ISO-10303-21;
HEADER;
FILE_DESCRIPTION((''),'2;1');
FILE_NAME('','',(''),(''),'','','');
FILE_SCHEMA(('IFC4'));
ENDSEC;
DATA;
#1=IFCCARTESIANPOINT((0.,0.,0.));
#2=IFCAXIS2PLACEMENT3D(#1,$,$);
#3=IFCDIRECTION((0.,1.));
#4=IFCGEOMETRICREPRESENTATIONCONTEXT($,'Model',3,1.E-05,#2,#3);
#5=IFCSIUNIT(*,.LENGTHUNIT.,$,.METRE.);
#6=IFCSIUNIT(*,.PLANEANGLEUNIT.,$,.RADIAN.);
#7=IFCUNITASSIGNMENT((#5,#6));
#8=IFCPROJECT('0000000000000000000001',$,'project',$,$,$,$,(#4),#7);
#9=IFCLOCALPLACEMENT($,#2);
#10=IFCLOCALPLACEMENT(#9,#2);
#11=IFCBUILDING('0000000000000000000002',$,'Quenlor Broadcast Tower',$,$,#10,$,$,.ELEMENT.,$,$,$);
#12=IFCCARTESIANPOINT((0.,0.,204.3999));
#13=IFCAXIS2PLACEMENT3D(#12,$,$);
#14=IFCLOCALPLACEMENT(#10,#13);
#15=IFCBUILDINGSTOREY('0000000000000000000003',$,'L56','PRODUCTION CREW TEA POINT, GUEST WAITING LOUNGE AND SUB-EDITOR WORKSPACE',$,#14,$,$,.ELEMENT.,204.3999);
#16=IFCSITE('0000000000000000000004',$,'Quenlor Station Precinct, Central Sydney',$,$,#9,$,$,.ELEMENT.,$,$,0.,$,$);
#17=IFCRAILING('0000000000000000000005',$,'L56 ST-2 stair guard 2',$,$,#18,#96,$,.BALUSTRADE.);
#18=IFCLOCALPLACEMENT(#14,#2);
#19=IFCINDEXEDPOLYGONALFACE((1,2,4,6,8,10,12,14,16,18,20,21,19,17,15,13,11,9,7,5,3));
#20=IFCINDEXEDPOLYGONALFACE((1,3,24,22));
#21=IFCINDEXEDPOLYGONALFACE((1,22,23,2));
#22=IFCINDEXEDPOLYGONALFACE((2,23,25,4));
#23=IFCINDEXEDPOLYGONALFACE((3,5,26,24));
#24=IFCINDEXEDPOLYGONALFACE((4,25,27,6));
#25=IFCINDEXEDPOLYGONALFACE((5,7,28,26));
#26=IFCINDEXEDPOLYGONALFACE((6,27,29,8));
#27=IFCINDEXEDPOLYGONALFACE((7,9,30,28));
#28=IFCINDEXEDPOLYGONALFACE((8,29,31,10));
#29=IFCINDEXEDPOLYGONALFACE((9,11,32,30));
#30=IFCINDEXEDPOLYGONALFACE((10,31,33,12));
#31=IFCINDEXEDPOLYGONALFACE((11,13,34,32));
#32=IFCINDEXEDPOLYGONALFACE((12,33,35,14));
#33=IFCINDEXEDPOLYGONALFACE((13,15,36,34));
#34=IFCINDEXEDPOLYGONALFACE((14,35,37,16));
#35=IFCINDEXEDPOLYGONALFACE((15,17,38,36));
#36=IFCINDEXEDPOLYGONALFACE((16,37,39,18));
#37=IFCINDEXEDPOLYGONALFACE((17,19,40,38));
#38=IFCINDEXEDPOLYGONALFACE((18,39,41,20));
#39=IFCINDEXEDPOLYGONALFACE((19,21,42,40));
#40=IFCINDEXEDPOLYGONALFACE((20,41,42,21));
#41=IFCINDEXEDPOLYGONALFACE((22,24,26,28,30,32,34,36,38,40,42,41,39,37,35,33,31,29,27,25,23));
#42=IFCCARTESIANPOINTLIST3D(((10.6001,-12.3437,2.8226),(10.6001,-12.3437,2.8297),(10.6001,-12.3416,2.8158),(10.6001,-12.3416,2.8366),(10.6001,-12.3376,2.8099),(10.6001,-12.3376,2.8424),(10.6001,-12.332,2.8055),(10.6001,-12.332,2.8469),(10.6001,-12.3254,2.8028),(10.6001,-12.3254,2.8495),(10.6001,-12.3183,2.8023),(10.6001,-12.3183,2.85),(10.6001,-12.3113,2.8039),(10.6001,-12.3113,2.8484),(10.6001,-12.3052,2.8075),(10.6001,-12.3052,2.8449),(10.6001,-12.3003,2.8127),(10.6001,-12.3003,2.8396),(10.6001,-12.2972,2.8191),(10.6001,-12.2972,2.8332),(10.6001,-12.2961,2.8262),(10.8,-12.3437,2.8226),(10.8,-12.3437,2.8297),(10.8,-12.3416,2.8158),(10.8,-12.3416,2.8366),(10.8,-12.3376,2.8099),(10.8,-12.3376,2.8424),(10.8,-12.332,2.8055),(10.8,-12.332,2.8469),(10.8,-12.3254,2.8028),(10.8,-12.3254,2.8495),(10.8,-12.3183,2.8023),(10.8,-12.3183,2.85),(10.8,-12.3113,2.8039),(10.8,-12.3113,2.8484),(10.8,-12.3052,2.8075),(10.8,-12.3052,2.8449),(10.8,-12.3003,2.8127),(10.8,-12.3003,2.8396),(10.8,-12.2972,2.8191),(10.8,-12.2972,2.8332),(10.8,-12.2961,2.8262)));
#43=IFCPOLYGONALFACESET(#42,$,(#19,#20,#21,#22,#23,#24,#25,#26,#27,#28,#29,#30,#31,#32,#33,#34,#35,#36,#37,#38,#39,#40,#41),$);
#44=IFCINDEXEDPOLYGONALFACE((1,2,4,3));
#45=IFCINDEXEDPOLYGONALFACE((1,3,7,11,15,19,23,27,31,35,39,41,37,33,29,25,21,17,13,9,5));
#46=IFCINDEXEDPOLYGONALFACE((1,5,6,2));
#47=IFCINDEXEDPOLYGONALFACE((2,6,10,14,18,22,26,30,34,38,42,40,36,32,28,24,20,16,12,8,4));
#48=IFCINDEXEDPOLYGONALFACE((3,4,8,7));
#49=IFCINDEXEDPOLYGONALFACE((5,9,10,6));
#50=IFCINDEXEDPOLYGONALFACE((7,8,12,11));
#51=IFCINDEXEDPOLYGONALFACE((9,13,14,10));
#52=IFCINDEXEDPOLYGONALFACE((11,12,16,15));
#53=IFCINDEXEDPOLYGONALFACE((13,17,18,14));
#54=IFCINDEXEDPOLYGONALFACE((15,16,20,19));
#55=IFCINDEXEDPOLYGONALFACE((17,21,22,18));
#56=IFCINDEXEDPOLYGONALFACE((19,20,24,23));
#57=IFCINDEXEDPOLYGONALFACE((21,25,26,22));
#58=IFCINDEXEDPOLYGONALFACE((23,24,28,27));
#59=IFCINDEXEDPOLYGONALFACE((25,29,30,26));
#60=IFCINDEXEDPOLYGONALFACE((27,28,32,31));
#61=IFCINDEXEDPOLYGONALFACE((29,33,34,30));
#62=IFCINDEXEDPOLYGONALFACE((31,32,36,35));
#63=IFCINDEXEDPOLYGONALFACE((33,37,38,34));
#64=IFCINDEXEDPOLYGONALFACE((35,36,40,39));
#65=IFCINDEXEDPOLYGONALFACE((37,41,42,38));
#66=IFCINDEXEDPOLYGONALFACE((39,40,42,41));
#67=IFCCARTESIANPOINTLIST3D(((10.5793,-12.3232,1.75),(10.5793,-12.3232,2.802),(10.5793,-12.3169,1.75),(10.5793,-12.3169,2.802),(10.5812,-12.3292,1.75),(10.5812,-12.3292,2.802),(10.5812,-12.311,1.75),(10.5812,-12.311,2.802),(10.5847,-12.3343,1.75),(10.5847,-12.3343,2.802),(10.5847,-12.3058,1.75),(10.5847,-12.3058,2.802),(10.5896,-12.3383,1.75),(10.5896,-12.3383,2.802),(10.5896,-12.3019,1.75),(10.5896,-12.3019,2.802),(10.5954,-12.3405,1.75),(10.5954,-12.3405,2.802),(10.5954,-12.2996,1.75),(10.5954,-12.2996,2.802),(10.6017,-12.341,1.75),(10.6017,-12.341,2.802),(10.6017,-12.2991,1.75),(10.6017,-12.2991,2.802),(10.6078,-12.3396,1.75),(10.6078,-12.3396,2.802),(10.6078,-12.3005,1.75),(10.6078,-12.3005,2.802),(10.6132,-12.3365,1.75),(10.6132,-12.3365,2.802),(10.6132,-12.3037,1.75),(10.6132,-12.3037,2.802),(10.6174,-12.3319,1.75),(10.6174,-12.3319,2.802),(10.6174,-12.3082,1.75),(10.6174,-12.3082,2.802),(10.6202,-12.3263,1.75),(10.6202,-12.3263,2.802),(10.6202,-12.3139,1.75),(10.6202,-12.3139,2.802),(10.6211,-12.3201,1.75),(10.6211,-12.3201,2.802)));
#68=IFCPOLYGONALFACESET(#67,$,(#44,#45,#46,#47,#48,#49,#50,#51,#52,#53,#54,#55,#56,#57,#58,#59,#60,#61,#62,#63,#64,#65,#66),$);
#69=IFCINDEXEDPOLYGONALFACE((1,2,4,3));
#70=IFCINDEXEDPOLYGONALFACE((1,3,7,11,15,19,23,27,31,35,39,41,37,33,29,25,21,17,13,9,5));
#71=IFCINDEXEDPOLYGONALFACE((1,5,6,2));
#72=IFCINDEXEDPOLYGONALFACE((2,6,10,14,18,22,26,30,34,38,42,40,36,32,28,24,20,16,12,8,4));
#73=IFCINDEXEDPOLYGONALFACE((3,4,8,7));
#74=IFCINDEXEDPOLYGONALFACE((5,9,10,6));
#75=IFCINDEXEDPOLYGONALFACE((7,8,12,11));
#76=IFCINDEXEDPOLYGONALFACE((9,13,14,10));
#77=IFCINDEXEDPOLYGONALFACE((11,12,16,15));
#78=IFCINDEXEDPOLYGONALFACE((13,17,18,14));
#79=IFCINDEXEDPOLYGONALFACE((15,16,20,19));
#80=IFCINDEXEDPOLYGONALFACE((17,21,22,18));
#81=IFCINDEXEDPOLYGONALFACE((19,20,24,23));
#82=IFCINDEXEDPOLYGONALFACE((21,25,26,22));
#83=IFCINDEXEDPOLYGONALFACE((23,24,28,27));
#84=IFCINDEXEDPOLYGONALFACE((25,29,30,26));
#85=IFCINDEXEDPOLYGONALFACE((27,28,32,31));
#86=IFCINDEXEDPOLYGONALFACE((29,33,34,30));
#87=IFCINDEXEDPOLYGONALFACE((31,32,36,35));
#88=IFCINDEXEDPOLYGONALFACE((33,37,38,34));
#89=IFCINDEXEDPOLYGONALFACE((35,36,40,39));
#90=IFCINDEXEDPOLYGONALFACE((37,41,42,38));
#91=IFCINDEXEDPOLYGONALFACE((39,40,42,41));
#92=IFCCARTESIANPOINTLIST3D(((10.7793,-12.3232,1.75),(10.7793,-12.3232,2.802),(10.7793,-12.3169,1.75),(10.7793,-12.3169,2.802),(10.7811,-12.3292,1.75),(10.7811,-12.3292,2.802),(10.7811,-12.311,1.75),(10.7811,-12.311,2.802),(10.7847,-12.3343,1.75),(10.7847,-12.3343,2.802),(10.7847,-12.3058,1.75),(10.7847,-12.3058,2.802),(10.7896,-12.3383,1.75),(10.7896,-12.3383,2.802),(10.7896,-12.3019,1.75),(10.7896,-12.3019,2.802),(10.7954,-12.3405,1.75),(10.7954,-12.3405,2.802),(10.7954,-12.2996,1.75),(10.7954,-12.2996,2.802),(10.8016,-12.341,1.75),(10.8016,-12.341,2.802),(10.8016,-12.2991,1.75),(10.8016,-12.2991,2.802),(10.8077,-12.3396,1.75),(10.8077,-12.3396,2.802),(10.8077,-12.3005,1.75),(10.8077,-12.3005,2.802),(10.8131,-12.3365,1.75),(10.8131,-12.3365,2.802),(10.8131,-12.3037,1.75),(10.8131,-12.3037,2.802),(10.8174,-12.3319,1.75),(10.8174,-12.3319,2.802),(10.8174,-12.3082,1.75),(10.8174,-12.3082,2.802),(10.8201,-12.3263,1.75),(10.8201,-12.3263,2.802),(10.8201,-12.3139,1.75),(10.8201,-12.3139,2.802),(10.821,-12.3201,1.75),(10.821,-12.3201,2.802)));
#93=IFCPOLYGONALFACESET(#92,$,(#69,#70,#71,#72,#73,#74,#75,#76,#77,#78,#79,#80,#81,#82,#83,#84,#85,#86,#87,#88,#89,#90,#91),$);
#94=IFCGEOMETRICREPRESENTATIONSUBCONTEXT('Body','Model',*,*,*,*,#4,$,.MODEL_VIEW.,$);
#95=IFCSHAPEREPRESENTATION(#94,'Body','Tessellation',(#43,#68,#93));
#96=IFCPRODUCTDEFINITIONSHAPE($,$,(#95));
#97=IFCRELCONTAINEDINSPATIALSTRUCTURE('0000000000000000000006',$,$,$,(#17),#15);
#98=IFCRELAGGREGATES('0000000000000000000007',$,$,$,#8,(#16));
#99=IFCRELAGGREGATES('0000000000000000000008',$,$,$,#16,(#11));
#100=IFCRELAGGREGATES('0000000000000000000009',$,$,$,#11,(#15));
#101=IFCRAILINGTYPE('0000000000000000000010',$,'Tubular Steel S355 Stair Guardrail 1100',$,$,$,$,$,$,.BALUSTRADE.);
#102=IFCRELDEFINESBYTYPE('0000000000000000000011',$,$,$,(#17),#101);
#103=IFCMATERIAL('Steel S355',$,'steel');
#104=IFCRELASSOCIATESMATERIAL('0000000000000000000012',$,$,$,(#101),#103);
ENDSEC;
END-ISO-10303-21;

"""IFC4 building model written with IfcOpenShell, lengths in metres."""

from ifc_helpers import new_model, si_unit, direction, frame, origin, origin_2d, place, context, subcontext, project, spatial, circle, extrude, material, type_object, element, save


model = new_model("IFC4")

# Units and contexts
model_context = context("Model", 3, precision=1e-05, world=origin(), true_north=direction((0.0, 1.0)))
body_context = subcontext(model_context, "Body", "Model", "MODEL_VIEW")
ifc_project = project(units=[si_unit("LENGTHUNIT", "METRE"), si_unit("PLANEANGLEUNIT", "RADIAN")], contexts=[model_context])

# Site, building, storey
site_placement = place(None, origin())
site = spatial("IfcSite", under=ifc_project, at=site_placement, Name="Quenlor Station Precinct, Central Sydney", CompositionType="ELEMENT", RefElevation=0.0)
building_placement = place(site_placement, origin())
building = spatial("IfcBuilding", under=site, at=building_placement, Name="Quenlor Broadcast Tower", CompositionType="ELEMENT")
storey_placement = place(building_placement, frame((0.0, 0.0, 204.3999)))
storey = spatial("IfcBuildingStorey", under=building, at=storey_placement, Name="L56", Description="PRODUCTION CREW TEA POINT, GUEST WAITING LOUNGE AND SUB-EDITOR WORKSPACE", CompositionType="ELEMENT", Elevation=204.3999)

# Railing
ifc_material_1 = material(Name="Steel S355", Category="steel")
railing_type_1 = type_object("IfcRailingType", Name="Tubular Steel S355 Stair Guardrail 1100", PredefinedType="BALUSTRADE", material=ifc_material_1)
railing_1_placement = place(storey_placement, frame((10.6001, -12.3201, 1.75)))
element("IfcRailing", 1, at=railing_1_placement, inside=storey, type_object=railing_type_1, Name="L56 ST-2 stair guard 2", PredefinedType="BALUSTRADE", context=body_context, shape_type="SweptSolid", body=[
    extrude(circle(Radius=0.0239, at=origin_2d()), frame((0.0, 0.0, 1.0762), z_axis=(1.0, 0.0, 0.0), x_axis=(0.0, 1.0, 0.0)), (0.0, 0.0, 1.0), 0.2),
    extrude(circle(Radius=0.021, at=origin_2d()), origin(), (0.0, 0.0, 1.0), 1.052),
    extrude(circle(Radius=0.021, at=origin_2d()), frame((0.2, 0.0, 0.0)), (0.0, 0.0, 1.0), 1.052),
])

save(model, "model.ifc")
